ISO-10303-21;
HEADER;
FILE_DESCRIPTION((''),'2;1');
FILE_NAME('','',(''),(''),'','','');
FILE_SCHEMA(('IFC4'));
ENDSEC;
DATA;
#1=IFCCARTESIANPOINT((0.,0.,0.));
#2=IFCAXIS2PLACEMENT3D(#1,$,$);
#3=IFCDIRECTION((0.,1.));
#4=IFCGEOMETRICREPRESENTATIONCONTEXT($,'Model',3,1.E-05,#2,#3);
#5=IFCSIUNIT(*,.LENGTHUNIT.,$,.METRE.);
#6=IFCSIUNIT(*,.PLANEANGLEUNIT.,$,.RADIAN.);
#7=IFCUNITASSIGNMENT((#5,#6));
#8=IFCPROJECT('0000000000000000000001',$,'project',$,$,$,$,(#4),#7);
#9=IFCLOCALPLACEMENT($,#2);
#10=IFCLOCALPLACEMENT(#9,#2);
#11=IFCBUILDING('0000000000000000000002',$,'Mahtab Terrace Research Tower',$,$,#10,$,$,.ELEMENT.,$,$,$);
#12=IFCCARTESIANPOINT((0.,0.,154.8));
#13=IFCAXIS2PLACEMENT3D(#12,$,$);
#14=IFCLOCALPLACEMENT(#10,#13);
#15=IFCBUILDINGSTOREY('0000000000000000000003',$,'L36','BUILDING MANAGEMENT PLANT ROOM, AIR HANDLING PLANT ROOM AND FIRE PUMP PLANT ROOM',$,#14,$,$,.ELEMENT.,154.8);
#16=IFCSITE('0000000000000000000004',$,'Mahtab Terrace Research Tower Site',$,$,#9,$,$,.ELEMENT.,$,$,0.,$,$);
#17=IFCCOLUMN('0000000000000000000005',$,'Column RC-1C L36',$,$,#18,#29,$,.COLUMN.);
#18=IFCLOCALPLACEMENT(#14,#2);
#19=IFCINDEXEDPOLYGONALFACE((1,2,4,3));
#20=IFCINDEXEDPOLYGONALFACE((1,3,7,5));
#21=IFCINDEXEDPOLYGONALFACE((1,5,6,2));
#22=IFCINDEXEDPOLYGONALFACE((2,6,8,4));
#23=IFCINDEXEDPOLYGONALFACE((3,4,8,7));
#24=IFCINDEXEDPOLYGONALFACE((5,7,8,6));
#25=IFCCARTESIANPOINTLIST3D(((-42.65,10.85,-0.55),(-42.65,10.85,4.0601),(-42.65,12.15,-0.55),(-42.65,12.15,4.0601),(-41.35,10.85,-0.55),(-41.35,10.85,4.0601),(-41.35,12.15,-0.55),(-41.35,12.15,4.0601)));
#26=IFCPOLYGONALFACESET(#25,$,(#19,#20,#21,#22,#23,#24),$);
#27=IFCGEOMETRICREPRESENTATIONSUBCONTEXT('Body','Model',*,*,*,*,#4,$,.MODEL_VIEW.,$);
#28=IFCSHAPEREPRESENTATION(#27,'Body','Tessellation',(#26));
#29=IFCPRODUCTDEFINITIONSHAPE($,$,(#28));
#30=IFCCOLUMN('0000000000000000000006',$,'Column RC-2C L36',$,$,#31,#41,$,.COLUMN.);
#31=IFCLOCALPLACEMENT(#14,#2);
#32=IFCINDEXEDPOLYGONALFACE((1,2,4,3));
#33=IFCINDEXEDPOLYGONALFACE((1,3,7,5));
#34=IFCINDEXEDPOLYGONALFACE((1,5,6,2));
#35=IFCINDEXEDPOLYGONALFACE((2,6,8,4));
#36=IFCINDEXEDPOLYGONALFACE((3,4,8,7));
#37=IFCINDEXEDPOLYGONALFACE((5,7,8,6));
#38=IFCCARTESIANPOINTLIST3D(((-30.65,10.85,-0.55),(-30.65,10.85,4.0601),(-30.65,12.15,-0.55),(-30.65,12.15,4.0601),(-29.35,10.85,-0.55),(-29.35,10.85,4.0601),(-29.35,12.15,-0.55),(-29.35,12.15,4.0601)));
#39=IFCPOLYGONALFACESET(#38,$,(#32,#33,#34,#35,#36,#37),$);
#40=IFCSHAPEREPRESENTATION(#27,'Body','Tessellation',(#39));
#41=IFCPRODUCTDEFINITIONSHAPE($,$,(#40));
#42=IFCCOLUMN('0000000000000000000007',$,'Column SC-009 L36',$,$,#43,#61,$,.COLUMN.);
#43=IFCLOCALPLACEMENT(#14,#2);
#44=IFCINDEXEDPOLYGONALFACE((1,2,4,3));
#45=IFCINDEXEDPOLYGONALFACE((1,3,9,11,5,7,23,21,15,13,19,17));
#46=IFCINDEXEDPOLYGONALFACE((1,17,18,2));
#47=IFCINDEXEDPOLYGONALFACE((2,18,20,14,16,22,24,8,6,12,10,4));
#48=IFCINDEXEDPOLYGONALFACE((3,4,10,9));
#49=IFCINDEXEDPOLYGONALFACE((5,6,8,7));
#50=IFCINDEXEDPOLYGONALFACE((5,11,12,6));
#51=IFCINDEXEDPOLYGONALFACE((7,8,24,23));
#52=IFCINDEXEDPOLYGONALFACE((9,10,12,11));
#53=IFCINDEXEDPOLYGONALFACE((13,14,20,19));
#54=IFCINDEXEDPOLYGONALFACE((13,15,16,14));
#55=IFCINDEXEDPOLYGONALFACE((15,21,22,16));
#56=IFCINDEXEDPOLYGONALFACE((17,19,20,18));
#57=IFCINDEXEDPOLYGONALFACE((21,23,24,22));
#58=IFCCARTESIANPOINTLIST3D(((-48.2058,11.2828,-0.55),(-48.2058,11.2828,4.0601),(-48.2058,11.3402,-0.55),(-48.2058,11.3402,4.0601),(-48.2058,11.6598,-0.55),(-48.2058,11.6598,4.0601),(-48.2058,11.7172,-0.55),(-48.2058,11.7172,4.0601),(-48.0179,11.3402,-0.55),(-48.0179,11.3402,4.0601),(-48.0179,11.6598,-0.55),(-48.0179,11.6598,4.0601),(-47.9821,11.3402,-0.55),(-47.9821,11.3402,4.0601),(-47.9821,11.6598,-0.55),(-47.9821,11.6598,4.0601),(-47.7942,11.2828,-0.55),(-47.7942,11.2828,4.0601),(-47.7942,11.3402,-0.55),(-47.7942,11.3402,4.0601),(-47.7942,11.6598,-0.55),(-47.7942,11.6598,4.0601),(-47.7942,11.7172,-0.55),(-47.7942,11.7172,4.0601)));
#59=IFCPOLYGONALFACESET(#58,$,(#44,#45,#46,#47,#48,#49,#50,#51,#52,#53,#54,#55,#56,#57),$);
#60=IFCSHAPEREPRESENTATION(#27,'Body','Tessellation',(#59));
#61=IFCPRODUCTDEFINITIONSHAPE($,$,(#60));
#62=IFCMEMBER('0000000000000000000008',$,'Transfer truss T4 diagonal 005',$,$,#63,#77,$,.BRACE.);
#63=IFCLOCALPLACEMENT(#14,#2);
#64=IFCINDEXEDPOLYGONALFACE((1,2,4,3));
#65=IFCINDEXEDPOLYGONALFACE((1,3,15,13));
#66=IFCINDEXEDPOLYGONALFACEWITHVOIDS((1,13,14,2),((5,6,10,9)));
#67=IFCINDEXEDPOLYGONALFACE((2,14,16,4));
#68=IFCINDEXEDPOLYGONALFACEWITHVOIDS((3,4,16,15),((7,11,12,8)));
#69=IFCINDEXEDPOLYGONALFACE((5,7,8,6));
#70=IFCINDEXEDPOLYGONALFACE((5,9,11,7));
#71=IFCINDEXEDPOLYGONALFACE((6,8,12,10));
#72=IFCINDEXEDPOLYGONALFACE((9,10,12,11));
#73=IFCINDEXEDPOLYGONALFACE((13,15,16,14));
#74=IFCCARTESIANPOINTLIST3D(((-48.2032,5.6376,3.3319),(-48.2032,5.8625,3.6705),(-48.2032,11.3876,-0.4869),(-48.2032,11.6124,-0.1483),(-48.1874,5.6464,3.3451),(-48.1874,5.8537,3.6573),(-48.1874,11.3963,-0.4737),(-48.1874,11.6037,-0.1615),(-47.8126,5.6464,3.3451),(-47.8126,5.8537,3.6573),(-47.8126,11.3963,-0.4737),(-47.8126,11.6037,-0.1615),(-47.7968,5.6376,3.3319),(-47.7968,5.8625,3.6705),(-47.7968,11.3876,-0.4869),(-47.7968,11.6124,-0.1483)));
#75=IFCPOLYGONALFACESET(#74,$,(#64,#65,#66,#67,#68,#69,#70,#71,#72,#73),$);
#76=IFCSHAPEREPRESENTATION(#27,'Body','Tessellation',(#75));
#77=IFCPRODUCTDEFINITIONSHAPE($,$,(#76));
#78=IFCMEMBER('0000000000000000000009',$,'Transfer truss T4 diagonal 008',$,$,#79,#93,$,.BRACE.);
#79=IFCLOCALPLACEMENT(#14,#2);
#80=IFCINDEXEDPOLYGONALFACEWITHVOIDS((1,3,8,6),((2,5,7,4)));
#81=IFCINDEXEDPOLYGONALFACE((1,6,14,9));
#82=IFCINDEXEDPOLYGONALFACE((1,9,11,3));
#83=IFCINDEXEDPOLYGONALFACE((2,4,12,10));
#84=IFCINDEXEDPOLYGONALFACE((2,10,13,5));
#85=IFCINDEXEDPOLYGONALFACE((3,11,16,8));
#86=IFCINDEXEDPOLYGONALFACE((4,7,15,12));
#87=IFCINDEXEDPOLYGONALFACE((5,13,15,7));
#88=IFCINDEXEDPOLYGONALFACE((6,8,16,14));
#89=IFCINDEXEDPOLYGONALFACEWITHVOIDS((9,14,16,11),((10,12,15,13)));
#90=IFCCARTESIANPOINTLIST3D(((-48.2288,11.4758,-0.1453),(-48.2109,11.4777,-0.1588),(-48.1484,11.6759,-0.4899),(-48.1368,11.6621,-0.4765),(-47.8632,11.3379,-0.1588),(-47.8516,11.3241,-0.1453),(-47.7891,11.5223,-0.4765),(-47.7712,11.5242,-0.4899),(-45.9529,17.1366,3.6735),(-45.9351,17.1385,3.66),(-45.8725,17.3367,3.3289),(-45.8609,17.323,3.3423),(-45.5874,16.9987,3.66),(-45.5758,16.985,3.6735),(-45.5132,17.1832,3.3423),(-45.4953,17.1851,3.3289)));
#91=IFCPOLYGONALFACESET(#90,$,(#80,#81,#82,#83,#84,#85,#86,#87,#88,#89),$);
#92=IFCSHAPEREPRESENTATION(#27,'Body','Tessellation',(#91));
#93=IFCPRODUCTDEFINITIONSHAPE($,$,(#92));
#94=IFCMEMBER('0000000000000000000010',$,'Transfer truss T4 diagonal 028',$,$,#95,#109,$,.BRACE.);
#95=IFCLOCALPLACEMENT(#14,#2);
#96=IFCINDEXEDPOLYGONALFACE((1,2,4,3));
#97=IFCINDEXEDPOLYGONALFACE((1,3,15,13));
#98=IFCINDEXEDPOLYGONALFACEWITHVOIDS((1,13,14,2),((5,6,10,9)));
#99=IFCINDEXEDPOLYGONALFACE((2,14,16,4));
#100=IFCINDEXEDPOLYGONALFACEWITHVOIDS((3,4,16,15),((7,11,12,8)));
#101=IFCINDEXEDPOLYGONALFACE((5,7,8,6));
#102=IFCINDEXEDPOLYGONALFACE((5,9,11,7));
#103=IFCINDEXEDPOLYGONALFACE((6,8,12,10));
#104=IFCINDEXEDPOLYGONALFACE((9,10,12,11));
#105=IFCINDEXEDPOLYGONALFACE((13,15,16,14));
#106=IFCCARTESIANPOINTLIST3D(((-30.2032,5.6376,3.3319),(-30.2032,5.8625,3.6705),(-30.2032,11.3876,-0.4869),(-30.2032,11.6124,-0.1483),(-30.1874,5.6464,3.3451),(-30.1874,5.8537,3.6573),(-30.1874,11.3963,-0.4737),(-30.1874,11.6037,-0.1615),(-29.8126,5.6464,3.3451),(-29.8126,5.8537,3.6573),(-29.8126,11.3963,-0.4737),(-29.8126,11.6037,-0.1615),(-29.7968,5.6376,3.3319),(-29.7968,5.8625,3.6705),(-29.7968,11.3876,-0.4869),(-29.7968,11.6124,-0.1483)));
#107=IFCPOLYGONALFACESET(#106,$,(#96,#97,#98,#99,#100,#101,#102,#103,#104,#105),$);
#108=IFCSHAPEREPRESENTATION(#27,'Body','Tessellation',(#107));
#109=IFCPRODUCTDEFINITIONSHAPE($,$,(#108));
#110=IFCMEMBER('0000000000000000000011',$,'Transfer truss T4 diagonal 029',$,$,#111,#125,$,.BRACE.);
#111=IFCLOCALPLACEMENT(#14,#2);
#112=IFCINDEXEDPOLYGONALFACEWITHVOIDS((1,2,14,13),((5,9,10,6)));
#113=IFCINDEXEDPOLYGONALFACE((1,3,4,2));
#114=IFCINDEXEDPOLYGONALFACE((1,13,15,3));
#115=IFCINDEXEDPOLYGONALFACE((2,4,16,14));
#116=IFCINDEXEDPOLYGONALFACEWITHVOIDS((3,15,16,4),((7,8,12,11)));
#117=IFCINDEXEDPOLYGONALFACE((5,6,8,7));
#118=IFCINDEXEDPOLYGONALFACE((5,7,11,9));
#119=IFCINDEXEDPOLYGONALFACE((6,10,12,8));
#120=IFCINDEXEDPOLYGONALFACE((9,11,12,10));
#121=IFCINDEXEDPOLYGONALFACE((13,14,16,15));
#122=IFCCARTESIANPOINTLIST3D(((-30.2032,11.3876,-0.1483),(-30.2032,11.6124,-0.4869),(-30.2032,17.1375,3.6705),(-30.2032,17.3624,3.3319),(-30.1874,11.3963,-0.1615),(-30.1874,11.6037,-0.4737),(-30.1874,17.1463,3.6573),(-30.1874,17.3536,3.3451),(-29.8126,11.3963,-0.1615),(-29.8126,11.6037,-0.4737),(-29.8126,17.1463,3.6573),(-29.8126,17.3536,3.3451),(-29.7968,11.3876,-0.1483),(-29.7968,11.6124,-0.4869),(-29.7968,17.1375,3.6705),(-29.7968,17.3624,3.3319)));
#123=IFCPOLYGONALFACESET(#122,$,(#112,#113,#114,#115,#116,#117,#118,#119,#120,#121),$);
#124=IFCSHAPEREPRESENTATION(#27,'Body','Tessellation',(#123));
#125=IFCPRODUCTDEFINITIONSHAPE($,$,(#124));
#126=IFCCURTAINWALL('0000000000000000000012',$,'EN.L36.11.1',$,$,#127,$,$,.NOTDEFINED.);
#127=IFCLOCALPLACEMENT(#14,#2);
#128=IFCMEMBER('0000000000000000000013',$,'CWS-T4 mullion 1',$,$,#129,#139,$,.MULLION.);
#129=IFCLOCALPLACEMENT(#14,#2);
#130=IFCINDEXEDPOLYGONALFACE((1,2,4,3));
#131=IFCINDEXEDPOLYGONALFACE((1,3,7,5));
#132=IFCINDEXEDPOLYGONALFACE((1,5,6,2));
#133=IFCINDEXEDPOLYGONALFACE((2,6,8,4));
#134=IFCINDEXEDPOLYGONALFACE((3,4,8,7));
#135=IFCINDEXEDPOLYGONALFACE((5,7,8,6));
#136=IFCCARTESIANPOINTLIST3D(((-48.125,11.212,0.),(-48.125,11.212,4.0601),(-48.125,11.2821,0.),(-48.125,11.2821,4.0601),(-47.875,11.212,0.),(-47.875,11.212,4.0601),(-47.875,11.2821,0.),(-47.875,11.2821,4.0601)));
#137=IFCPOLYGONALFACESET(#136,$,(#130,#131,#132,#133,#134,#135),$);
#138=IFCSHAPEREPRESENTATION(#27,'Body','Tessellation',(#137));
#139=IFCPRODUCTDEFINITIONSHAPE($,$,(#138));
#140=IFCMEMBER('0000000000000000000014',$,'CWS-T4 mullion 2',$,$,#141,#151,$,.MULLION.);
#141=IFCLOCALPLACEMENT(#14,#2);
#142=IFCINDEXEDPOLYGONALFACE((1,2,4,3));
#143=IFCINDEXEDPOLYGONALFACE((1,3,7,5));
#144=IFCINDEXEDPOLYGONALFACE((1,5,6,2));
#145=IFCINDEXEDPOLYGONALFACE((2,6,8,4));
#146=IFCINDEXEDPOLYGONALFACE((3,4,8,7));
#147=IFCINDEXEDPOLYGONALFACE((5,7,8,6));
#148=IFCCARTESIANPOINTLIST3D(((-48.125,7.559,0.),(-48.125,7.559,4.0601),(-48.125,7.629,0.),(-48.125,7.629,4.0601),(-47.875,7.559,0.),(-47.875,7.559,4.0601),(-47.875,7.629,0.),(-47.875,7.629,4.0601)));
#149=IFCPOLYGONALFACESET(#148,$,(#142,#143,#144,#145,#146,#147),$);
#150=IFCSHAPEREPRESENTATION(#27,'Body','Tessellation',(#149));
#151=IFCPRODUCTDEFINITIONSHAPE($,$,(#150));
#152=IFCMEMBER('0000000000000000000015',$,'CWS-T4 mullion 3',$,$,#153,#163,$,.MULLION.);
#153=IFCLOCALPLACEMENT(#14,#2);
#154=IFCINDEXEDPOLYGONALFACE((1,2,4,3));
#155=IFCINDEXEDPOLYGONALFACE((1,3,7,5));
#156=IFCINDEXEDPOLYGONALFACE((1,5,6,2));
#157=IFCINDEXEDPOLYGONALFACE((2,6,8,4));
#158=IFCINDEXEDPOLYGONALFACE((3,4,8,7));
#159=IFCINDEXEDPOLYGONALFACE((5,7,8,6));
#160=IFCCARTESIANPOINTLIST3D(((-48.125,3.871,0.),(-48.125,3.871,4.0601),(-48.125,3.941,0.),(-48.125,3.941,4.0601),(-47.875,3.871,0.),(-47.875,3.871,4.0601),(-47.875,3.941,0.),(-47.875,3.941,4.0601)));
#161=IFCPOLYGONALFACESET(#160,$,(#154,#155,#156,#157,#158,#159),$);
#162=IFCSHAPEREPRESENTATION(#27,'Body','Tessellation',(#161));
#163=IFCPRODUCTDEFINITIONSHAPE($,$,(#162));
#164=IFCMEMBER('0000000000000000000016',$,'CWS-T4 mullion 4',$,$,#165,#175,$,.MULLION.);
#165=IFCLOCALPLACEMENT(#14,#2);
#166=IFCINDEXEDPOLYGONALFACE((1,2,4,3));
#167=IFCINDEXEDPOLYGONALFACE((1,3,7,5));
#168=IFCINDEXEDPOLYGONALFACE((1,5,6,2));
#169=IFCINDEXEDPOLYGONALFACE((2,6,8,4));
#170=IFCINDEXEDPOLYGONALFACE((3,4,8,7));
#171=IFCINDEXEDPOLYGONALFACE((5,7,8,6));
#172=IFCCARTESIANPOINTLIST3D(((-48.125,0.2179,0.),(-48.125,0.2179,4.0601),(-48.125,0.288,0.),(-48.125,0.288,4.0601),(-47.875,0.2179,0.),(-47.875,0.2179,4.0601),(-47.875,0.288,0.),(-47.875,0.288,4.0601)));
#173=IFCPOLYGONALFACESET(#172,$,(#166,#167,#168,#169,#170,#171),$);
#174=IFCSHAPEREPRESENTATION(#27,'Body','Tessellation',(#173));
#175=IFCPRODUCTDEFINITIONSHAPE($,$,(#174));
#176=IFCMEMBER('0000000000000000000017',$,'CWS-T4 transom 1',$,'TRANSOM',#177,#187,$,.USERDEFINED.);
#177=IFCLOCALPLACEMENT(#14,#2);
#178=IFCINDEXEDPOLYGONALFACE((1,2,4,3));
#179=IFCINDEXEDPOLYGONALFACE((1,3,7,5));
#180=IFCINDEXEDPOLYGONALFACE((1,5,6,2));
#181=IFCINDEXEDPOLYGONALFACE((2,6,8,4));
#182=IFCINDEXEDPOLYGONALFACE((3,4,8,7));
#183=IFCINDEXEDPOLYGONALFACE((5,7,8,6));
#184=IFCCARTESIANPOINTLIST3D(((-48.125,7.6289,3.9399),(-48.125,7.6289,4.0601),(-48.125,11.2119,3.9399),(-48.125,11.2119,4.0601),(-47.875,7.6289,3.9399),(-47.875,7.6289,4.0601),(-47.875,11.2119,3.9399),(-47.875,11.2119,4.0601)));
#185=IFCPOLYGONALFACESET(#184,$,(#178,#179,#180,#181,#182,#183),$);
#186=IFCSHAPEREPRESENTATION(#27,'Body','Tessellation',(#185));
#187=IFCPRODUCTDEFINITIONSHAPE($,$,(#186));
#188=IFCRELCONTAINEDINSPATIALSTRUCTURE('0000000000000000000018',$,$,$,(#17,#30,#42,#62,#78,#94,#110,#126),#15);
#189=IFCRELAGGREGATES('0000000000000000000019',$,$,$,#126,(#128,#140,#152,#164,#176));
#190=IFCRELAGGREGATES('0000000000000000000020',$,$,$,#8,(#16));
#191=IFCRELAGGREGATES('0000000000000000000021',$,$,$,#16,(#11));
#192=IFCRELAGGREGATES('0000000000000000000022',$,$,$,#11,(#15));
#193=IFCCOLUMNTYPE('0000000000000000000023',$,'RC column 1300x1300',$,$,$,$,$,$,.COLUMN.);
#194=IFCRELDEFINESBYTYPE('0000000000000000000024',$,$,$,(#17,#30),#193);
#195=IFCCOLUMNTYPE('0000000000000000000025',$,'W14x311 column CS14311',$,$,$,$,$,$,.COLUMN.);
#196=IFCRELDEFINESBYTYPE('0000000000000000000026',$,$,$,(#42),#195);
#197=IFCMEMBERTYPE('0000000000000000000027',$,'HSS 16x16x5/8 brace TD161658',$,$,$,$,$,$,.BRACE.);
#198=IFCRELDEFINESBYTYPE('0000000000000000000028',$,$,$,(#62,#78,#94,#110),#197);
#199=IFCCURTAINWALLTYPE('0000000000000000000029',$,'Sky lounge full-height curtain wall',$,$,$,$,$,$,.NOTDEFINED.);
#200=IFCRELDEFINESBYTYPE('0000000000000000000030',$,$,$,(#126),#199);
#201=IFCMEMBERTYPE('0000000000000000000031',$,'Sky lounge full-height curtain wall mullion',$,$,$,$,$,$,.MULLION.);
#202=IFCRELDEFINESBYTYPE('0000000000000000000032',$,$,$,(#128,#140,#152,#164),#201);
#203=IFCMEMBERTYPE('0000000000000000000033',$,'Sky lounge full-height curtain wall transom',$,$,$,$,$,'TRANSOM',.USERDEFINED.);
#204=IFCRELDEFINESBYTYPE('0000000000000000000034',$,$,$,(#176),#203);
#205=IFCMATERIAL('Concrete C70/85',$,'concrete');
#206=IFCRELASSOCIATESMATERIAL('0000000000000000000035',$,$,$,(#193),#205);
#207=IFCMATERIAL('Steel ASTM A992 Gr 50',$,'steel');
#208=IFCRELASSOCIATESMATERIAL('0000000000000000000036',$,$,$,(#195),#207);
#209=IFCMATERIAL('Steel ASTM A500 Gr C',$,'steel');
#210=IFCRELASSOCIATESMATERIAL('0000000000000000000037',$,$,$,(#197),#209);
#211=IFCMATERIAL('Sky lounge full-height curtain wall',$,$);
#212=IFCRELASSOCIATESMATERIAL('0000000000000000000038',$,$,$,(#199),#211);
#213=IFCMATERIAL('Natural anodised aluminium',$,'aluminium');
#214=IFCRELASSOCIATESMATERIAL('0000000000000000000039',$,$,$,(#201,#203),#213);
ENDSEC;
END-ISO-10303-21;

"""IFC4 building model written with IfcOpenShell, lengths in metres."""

from ifc_helpers import new_model, si_unit, direction, frame, origin, origin_2d, place, context, subcontext, project, spatial, rectangle, hollow_rectangle, i_section, extrude, material, material_profile, profile_set, type_object, element, aggregate, save


model = new_model("IFC4")

# Units and contexts
model_context = context("Model", 3, precision=1e-05, world=origin(), true_north=direction((0.0, 1.0)))
body_context = subcontext(model_context, "Body", "Model", "MODEL_VIEW")
ifc_project = project(units=[si_unit("LENGTHUNIT", "METRE"), si_unit("PLANEANGLEUNIT", "RADIAN")], contexts=[model_context])

# Site, building, storey
site_placement = place(None, origin())
site = spatial("IfcSite", under=ifc_project, at=site_placement, Name="Mahtab Terrace Research Tower Site", CompositionType="ELEMENT", RefElevation=0.0)
building_placement = place(site_placement, origin())
building = spatial("IfcBuilding", under=site, at=building_placement, Name="Mahtab Terrace Research Tower", CompositionType="ELEMENT")
storey_placement = place(building_placement, frame((0.0, 0.0, 154.8)))
storey = spatial("IfcBuildingStorey", under=building, at=storey_placement, Name="L36", Description="BUILDING MANAGEMENT PLANT ROOM, AIR HANDLING PLANT ROOM AND FIRE PUMP PLANT ROOM", CompositionType="ELEMENT", Elevation=154.8)

# Columns
ifc_material_1 = material(Name="Concrete C70/85", Category="concrete")
ifc_material_profile_1 = material_profile(ifc_material_1, rectangle(XDim=1.3, YDim=1.3, at=origin_2d()), Name="RC column 1300x1300")
ifc_profile_set_1 = profile_set([ifc_material_profile_1], Name="Concrete C70/85")
column_type_1 = type_object("IfcColumnType", Name="RC column 1300x1300", PredefinedType="COLUMN", material=ifc_profile_set_1)
for number, where, z_axis, x_axis, name in (
    (1, (-42.0, 11.5, -0.55), (0.0, 0.0, 1.0), (1.0, 0.0, 0.0), "Column RC-1C L36"),
    (2, (-30.0, 11.5, -0.55), (0.0, 0.0, 1.0), (1.0, 0.0, 0.0), "Column RC-2C L36"),
):
    element("IfcColumn", number, at=place(storey_placement, frame(where, z_axis=z_axis, x_axis=x_axis)), inside=storey, type_object=column_type_1, Name=name, PredefinedType="COLUMN", context=body_context, shape_type="SweptSolid", body=[
        extrude(rectangle(XDim=1.3, YDim=1.3, at=origin_2d()), origin(), (0.0, 0.0, 1.0), 4.6101),
    ])
ifc_material_2 = material(Name="Steel ASTM A992 Gr 50", Category="steel")
ifc_material_profile_2 = material_profile(ifc_material_2, i_section(OverallWidth=0.4116, OverallDepth=0.4343, WebThickness=0.0359, FlangeThickness=0.0574, at=origin_2d()), Name="W14X311")
ifc_profile_set_2 = profile_set([ifc_material_profile_2], Name="Steel ASTM A992 Gr 50")
column_type_2 = type_object("IfcColumnType", Name="W14x311 column CS14311", PredefinedType="COLUMN", material=ifc_profile_set_2)
column_placement = place(storey_placement, frame((-48.0, 11.5, -0.55), z_axis=(0.0, 0.0, 1.0), x_axis=(1.0, 0.0, 0.0)))
element("IfcColumn", 3, at=column_placement, inside=storey, type_object=column_type_2, Name="Column SC-009 L36", PredefinedType="COLUMN", context=body_context, shape_type="SweptSolid", body=[
    extrude(i_section(OverallWidth=0.4116, OverallDepth=0.4343, WebThickness=0.0359, FlangeThickness=0.0574, at=origin_2d()), origin(), (0.0, 0.0, 1.0), 4.6101),
])

# Members
ifc_material_3 = material(Name="Steel ASTM A500 Gr C", Category="steel")
ifc_material_profile_3 = material_profile(ifc_material_3, hollow_rectangle(XDim=0.4065, YDim=0.4065, WallThickness=0.0159, at=origin_2d()), Name="HSS16X16X5/8")
ifc_profile_set_3 = profile_set([ifc_material_profile_3], Name="Steel ASTM A500 Gr C")
member_type_1 = type_object("IfcMemberType", Name="HSS 16x16x5/8 brace TD161658", PredefinedType="BRACE", material=ifc_profile_set_3)
member_1_placement = place(storey_placement, frame((-48.0, 11.5, -0.3176), z_axis=(0.0, -0.833018, 0.553246), x_axis=(1.0, 0.0, 0.0)))
element("IfcMember", 4, at=member_1_placement, inside=storey, type_object=member_type_1, Name="Transfer truss T4 diagonal 005", PredefinedType="BRACE", context=body_context, shape_type="SweptSolid", body=[
    extrude(hollow_rectangle(XDim=0.4065, YDim=0.4065, WallThickness=0.0159, at=origin_2d()), origin(), (0.0, 0.0, 1.0), 6.9026),
])
member_2_placement = place(storey_placement, frame((-48.0, 11.5, -0.3176), z_axis=(0.316189, 0.786471, 0.530555), x_axis=(-0.927824, 0.373018, 0.0)))
element("IfcMember", 5, at=member_2_placement, inside=storey, type_object=member_type_1, Name="Transfer truss T4 diagonal 008", PredefinedType="BRACE", context=body_context, shape_type="SweptSolid", body=[
    extrude(hollow_rectangle(XDim=0.4065, YDim=0.4065, WallThickness=0.0159, at=origin_2d()), origin(), (0.0, 0.0, 1.0), 7.1978),
])
for number, where, z_axis, x_axis, name in (
    (6, (-30.0, 11.5, -0.3176), (0.0, -0.833018, 0.553246), (1.0, 0.0, 0.0), "Transfer truss T4 diagonal 028"),
    (7, (-30.0, 11.5, -0.3176), (0.0, 0.833018, 0.553246), (-1.0, 0.0, 0.0), "Transfer truss T4 diagonal 029"),
):
    element("IfcMember", number, at=place(storey_placement, frame(where, z_axis=z_axis, x_axis=x_axis)), inside=storey, type_object=member_type_1, Name=name, PredefinedType="BRACE", context=body_context, shape_type="SweptSolid", body=[
        extrude(hollow_rectangle(XDim=0.4065, YDim=0.4065, WallThickness=0.0159, at=origin_2d()), origin(), (0.0, 0.0, 1.0), 6.9026),
    ])

# Curtain wall, members
ifc_material_4 = material(Name="Sky lounge full-height curtain wall")
curtain_wall_type = type_object("IfcCurtainWallType", Name="Sky lounge full-height curtain wall", PredefinedType="NOTDEFINED", material=ifc_material_4)
curtain_wall_placement = place(storey_placement, origin())
curtain_wall = element("IfcCurtainWall", 8, at=curtain_wall_placement, inside=storey, type_object=curtain_wall_type, Name="EN.L36.11.1", PredefinedType="NOTDEFINED")
ifc_material_5 = material(Name="Natural anodised aluminium", Category="aluminium")
ifc_material_profile_4 = material_profile(ifc_material_5, rectangle(XDim=0.25, YDim=0.0701, at=origin_2d()), Name="MULLION 70x250")
ifc_profile_set_4 = profile_set([ifc_material_profile_4], Name="Natural anodised aluminium")
member_type_2 = type_object("IfcMemberType", Name="Sky lounge full-height curtain wall mullion", PredefinedType="MULLION", material=ifc_profile_set_4)
member_3_placement = place(storey_placement, frame((-48.0, 11.2471, 0.0), z_axis=(0.0, 0.0, 1.0), x_axis=(1.0, 0.0, 0.0)))
member_3 = element("IfcMember", 9, at=member_3_placement, type_object=member_type_2, Name="CWS-T4 mullion 1", PredefinedType="MULLION", context=body_context, shape_type="SweptSolid", body=[
    extrude(rectangle(XDim=0.25, YDim=0.0701, at=origin_2d()), origin(), (0.0, 0.0, 1.0), 4.0601),
])
member_4_placement = place(storey_placement, frame((-48.0, 7.594, 0.0), z_axis=(0.0, 0.0, 1.0), x_axis=(1.0, 0.0, 0.0)))
member_4 = element("IfcMember", 10, at=member_4_placement, type_object=member_type_2, Name="CWS-T4 mullion 2", PredefinedType="MULLION", context=body_context, shape_type="SweptSolid", body=[
    extrude(rectangle(XDim=0.25, YDim=0.0701, at=origin_2d()), origin(), (0.0, 0.0, 1.0), 4.0601),
])
member_5_placement = place(storey_placement, frame((-48.0, 3.906, 0.0), z_axis=(0.0, 0.0, 1.0), x_axis=(1.0, 0.0, 0.0)))
member_5 = element("IfcMember", 11, at=member_5_placement, type_object=member_type_2, Name="CWS-T4 mullion 3", PredefinedType="MULLION", context=body_context, shape_type="SweptSolid", body=[
    extrude(rectangle(XDim=0.25, YDim=0.0701, at=origin_2d()), origin(), (0.0, 0.0, 1.0), 4.0601),
])
member_6_placement = place(storey_placement, frame((-48.0, 0.2529, 0.0), z_axis=(0.0, 0.0, 1.0), x_axis=(1.0, 0.0, 0.0)))
member_6 = element("IfcMember", 12, at=member_6_placement, type_object=member_type_2, Name="CWS-T4 mullion 4", PredefinedType="MULLION", context=body_context, shape_type="SweptSolid", body=[
    extrude(rectangle(XDim=0.25, YDim=0.0701, at=origin_2d()), origin(), (0.0, 0.0, 1.0), 4.0601),
])
ifc_material_profile_5 = material_profile(ifc_material_5, rectangle(XDim=0.25, YDim=0.1201, at=origin_2d()), Name="TRANSOM 120x250")
ifc_profile_set_5 = profile_set([ifc_material_profile_5], Name="Natural anodised aluminium")
member_type_3 = type_object("IfcMemberType", Name="Sky lounge full-height curtain wall transom", ElementType="TRANSOM", PredefinedType="USERDEFINED", material=ifc_profile_set_5)
member_7_placement = place(storey_placement, frame((-48.0, 11.2119, 4.0), z_axis=(0.0, -1.0, 0.0), x_axis=(1.0, 0.0, 0.0)))
member_7 = element("IfcMember", 13, at=member_7_placement, type_object=member_type_3, Name="CWS-T4 transom 1", ObjectType="TRANSOM", PredefinedType="USERDEFINED", context=body_context, shape_type="SweptSolid", body=[
    extrude(rectangle(XDim=0.25, YDim=0.1201, at=origin_2d()), origin(), (0.0, 0.0, 1.0), 3.583),
])

aggregate(curtain_wall, [member_3, member_4, member_5, member_6, member_7])

save(model, "model.ifc")
